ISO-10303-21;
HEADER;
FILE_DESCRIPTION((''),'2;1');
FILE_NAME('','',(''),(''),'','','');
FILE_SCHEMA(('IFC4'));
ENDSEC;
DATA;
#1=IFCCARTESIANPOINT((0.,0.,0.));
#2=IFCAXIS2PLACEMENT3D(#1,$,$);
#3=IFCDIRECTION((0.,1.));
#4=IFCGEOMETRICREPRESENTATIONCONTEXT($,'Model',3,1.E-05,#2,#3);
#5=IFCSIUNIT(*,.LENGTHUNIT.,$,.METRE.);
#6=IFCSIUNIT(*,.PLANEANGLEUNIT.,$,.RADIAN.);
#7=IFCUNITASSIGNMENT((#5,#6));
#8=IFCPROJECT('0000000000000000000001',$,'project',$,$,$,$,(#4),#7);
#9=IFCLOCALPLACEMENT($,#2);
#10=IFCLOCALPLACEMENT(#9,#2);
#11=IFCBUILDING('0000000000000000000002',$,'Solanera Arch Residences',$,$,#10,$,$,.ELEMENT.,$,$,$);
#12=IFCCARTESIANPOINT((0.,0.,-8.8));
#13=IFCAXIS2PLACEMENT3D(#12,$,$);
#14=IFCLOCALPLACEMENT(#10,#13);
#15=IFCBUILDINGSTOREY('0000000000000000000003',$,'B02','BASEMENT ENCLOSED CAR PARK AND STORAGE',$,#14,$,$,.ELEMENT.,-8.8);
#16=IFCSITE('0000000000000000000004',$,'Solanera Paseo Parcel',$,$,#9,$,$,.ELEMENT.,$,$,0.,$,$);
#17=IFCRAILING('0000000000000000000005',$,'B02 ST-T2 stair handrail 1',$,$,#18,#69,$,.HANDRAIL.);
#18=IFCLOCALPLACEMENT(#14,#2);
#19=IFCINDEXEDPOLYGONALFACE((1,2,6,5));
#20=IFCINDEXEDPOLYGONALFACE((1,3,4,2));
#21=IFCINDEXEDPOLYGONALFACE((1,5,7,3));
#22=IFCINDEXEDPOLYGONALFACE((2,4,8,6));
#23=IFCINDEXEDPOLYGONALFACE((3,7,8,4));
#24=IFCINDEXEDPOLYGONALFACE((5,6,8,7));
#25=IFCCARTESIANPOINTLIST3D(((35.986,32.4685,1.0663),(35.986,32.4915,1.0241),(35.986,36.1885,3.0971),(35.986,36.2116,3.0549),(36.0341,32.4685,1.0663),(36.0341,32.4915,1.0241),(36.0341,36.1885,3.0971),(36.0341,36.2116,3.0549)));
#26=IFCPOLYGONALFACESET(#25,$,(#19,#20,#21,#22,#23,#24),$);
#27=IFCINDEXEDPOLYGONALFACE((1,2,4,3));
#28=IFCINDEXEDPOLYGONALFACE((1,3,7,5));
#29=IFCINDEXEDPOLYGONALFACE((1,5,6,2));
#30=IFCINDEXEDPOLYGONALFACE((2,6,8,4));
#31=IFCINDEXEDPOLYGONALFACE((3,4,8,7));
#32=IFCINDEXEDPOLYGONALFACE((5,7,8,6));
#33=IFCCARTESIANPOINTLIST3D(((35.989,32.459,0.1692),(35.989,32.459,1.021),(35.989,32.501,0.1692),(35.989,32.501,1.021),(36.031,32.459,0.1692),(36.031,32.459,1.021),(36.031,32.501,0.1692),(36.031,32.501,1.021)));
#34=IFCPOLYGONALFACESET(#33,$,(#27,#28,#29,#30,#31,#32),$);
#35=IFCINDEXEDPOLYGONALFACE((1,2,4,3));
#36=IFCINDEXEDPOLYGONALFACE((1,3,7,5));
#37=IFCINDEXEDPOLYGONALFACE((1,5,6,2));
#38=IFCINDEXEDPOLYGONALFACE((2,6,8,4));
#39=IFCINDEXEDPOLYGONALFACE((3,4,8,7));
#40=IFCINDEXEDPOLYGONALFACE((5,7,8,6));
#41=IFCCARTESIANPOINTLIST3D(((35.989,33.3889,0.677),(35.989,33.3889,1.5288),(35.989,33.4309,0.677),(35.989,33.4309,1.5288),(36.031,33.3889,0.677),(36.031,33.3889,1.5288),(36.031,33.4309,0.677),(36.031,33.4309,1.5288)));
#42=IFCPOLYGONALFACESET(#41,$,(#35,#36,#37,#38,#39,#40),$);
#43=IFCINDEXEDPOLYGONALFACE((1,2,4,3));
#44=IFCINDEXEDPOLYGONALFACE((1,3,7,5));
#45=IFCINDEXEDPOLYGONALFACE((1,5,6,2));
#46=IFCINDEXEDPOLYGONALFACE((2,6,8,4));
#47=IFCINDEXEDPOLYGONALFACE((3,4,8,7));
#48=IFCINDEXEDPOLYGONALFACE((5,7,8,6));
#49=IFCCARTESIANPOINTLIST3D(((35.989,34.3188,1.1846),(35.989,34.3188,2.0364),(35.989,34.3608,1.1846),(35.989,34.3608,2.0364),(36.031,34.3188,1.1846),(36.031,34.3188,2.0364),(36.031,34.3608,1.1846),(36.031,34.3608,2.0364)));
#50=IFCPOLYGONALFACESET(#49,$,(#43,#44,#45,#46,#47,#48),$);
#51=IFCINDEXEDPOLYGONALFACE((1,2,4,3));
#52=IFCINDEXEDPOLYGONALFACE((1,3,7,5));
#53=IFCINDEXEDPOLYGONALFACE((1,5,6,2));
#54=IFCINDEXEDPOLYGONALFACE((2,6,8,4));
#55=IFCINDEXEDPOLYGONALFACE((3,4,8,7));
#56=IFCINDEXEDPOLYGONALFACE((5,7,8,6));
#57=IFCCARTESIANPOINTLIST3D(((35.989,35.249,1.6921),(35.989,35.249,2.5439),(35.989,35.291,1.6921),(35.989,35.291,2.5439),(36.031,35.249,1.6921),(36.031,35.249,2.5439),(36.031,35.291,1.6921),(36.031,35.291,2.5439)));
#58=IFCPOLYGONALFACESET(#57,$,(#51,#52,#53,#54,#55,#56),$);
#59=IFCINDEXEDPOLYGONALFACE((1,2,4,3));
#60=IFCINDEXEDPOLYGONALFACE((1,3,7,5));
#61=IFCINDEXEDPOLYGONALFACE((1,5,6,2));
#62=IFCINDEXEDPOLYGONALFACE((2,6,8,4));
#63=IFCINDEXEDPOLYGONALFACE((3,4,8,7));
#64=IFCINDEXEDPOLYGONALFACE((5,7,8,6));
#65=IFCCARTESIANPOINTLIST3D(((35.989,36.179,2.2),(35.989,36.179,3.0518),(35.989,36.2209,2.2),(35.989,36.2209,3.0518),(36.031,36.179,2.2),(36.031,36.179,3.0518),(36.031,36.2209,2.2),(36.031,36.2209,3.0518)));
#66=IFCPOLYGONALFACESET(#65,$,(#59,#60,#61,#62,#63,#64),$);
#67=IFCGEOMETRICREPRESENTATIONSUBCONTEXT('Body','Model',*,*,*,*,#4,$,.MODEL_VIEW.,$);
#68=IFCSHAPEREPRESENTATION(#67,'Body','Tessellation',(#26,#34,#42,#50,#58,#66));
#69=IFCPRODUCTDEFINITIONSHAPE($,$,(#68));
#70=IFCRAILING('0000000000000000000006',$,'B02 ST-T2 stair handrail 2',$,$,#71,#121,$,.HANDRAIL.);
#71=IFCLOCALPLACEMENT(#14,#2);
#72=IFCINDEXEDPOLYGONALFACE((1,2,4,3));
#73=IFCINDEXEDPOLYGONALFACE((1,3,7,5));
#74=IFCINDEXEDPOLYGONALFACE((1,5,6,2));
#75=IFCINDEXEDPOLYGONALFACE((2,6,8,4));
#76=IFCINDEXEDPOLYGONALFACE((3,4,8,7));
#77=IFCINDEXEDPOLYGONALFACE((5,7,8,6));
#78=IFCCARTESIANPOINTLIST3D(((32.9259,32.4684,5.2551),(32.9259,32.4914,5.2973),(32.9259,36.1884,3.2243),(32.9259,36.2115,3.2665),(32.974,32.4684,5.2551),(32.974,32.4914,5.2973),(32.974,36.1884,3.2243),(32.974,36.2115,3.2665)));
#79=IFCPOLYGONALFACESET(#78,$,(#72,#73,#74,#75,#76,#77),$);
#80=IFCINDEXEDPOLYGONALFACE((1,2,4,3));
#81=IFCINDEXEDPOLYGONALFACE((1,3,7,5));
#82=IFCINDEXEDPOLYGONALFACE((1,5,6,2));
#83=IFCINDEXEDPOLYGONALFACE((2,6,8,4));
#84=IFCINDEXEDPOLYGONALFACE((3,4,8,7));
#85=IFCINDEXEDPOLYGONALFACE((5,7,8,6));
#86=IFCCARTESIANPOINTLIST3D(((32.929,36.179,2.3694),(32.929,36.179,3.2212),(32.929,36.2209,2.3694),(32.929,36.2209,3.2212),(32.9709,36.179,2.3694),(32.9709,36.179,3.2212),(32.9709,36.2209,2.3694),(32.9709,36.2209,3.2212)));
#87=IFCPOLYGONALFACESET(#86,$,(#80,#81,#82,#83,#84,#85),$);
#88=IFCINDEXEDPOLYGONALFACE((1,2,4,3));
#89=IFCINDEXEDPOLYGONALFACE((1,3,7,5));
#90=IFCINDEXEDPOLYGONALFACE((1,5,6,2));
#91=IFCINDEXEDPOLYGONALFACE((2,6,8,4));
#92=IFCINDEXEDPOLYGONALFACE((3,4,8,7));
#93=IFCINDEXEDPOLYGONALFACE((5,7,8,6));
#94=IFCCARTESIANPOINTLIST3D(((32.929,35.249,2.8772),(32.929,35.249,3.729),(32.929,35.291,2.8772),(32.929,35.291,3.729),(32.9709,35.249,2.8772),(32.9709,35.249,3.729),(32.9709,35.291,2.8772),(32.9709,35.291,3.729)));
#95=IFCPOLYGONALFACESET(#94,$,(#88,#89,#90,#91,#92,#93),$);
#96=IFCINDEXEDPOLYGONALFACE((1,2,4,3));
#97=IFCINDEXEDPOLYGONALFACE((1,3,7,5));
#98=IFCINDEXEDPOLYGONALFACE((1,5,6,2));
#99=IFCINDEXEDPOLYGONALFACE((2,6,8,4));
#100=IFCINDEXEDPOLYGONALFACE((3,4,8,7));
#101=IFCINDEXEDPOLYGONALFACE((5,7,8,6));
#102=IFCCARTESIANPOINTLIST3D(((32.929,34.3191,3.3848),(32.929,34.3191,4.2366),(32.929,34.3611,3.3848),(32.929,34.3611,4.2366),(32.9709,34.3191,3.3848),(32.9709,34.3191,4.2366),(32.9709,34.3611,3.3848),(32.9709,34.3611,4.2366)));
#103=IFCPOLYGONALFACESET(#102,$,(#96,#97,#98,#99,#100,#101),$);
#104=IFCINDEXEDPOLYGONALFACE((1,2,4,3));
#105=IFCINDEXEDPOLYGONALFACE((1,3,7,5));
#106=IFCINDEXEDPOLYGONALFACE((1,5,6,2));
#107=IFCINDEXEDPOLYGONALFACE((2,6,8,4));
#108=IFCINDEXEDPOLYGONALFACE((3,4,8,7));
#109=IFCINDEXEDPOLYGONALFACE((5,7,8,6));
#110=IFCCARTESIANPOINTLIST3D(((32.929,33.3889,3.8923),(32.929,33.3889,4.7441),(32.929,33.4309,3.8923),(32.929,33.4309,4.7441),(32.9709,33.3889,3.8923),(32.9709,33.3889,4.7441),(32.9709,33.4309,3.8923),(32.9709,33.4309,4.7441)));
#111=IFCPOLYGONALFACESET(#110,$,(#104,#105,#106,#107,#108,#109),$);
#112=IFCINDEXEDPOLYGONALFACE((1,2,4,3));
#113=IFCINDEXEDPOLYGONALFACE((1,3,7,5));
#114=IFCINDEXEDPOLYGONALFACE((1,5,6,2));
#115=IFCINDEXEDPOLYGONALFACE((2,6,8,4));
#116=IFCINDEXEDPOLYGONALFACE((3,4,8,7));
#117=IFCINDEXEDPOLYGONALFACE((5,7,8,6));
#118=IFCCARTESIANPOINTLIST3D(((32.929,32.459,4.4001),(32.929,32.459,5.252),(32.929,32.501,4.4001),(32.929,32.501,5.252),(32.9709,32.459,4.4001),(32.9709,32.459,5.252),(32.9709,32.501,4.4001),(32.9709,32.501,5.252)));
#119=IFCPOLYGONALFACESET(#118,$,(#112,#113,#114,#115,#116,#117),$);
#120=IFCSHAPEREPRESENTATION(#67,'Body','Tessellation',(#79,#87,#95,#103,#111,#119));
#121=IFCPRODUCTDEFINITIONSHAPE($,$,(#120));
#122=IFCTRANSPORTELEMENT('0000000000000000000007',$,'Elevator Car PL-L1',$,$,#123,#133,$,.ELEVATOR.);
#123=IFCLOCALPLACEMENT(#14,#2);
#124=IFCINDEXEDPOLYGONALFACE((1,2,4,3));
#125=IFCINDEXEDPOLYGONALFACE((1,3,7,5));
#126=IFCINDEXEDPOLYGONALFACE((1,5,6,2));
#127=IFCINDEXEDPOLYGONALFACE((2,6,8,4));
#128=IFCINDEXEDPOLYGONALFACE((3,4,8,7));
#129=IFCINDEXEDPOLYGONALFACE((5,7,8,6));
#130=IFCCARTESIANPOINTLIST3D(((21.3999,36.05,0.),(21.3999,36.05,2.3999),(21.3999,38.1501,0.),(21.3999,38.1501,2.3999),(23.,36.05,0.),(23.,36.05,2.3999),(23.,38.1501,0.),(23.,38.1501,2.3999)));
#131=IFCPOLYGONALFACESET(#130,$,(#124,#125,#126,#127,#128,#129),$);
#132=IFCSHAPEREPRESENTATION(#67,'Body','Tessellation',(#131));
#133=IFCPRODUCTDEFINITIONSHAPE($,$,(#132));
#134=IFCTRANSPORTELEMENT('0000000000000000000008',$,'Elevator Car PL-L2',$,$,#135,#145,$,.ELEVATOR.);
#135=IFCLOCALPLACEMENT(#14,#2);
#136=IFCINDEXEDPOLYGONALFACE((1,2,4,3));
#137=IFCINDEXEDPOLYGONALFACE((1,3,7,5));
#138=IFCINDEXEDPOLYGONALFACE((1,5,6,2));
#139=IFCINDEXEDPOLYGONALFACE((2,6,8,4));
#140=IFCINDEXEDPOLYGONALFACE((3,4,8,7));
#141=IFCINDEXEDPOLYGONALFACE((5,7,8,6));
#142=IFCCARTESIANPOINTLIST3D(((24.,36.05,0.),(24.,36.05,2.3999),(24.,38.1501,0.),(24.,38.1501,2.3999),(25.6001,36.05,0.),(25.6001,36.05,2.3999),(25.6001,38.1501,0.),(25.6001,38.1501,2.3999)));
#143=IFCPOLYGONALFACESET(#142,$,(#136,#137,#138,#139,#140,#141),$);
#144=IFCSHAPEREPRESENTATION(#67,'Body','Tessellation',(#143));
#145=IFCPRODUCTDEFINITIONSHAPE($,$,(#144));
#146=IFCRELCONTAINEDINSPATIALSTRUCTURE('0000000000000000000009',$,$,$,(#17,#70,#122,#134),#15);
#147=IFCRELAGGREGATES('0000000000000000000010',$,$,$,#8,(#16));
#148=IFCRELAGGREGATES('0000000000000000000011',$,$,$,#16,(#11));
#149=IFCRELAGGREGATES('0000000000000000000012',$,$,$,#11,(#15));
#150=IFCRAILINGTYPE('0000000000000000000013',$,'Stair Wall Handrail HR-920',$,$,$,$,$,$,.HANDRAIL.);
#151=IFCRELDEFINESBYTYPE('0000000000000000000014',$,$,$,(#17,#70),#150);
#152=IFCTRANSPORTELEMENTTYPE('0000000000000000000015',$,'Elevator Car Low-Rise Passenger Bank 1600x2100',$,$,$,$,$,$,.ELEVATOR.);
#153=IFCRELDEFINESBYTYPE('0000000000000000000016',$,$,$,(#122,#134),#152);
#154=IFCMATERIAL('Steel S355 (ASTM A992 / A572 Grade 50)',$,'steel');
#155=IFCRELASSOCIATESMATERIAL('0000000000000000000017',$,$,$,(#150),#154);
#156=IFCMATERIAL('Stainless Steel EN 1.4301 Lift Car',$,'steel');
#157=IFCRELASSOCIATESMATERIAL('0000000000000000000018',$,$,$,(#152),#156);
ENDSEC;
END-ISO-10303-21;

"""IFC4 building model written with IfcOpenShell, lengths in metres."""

from ifc_helpers import new_model, si_unit, direction, frame, origin, origin_2d, place, context, subcontext, project, spatial, rectangle, extrude, material, type_object, element, save


model = new_model("IFC4")

# Units and contexts
model_context = context("Model", 3, precision=1e-05, world=origin(), true_north=direction((0.0, 1.0)))
body_context = subcontext(model_context, "Body", "Model", "MODEL_VIEW")
ifc_project = project(units=[si_unit("LENGTHUNIT", "METRE"), si_unit("PLANEANGLEUNIT", "RADIAN")], contexts=[model_context])

# Site, building, storey
site_placement = place(None, origin())
site = spatial("IfcSite", under=ifc_project, at=site_placement, Name="Solanera Paseo Parcel", CompositionType="ELEMENT", RefElevation=0.0)
building_placement = place(site_placement, origin())
building = spatial("IfcBuilding", under=site, at=building_placement, Name="Solanera Arch Residences", CompositionType="ELEMENT")
storey_placement = place(building_placement, frame((0.0, 0.0, -8.8)))
storey = spatial("IfcBuildingStorey", under=building, at=storey_placement, Name="B02", Description="BASEMENT ENCLOSED CAR PARK AND STORAGE", CompositionType="ELEMENT", Elevation=-8.8)

# Railings
ifc_material_1 = material(Name="Steel S355 (ASTM A992 / A572 Grade 50)", Category="steel")
railing_type_1 = type_object("IfcRailingType", Name="Stair Wall Handrail HR-920", PredefinedType="HANDRAIL", material=ifc_material_1)
railing_1_placement = place(storey_placement, frame((36.01, 32.48, 0.1692)))
element("IfcRailing", 1, at=railing_1_placement, inside=storey, type_object=railing_type_1, Name="B02 ST-T2 stair handrail 1", PredefinedType="HANDRAIL", context=body_context, shape_type="SweptSolid", body=[
    extrude(rectangle(XDim=0.0481, YDim=0.0481, at=origin_2d()), frame((0.0, 0.0, 0.876), z_axis=(0.0, 0.877728, 0.479159), x_axis=(-1.0, 0.0, 0.0)), (0.0, 0.0, 1.0), 4.2383),
    extrude(rectangle(XDim=0.042, YDim=0.042, at=origin_2d()), origin(), (0.0, 0.0, 1.0), 0.8518),
    extrude(rectangle(XDim=0.042, YDim=0.042, at=origin_2d()), frame((0.0, 0.9299, 0.5078)), (0.0, 0.0, 1.0), 0.8518),
    extrude(rectangle(XDim=0.042, YDim=0.042, at=origin_2d()), frame((0.0, 1.8599, 1.0154)), (0.0, 0.0, 1.0), 0.8518),
    extrude(rectangle(XDim=0.042, YDim=0.042, at=origin_2d()), frame((0.0, 2.79, 1.5229)), (0.0, 0.0, 1.0), 0.8518),
    extrude(rectangle(XDim=0.042, YDim=0.042, at=origin_2d()), frame((0.0, 3.72, 2.0308)), (0.0, 0.0, 1.0), 0.8518),
])
railing_2_placement = place(storey_placement, frame((32.95, 36.2, 2.3694)))
element("IfcRailing", 2, at=railing_2_placement, inside=storey, type_object=railing_type_1, Name="B02 ST-T2 stair handrail 2", PredefinedType="HANDRAIL", context=body_context, shape_type="SweptSolid", body=[
    extrude(rectangle(XDim=0.0481, YDim=0.0481, at=origin_2d()), frame((0.0, 0.0, 0.876), z_axis=(0.0, -0.877728, 0.479159), x_axis=(1.0, 0.0, 0.0)), (0.0, 0.0, 1.0), 4.2383),
    extrude(rectangle(XDim=0.042, YDim=0.042, at=origin_2d()), origin(), (0.0, 0.0, 1.0), 0.8518),
    extrude(rectangle(XDim=0.042, YDim=0.042, at=origin_2d()), frame((0.0, -0.9299, 0.5078)), (0.0, 0.0, 1.0), 0.8518),
    extrude(rectangle(XDim=0.042, YDim=0.042, at=origin_2d()), frame((0.0, -1.8599, 1.0154)), (0.0, 0.0, 1.0), 0.8518),
    extrude(rectangle(XDim=0.042, YDim=0.042, at=origin_2d()), frame((0.0, -2.79, 1.5229)), (0.0, 0.0, 1.0), 0.8518),
    extrude(rectangle(XDim=0.042, YDim=0.042, at=origin_2d()), frame((0.0, -3.72, 2.0308)), (0.0, 0.0, 1.0), 0.8518),
])

# Transport elements
ifc_material_2 = material(Name="Stainless Steel EN 1.4301 Lift Car", Category="steel")
transport_element_type = type_object("IfcTransportElementType", Name="Elevator Car Low-Rise Passenger Bank 1600x2100", PredefinedType="ELEVATOR", material=ifc_material_2)
for number, where, z_axis, x_axis, name in (
    (3, (22.2, 37.1001, 0.0), (0.0, 0.0, 1.0), (1.0, 0.0, 0.0), "Elevator Car PL-L1"),
    (4, (24.8, 37.1001, 0.0), (0.0, 0.0, 1.0), (1.0, 0.0, 0.0), "Elevator Car PL-L2"),
):
    element("IfcTransportElement", number, at=place(storey_placement, frame(where, z_axis=z_axis, x_axis=x_axis)), inside=storey, type_object=transport_element_type, Name=name, PredefinedType="ELEVATOR", context=body_context, shape_type="SweptSolid", body=[
        extrude(rectangle(XDim=1.6001, YDim=2.1001, at=origin_2d()), origin(), (0.0, 0.0, 1.0), 2.3999),
    ])

save(model, "model.ifc")
